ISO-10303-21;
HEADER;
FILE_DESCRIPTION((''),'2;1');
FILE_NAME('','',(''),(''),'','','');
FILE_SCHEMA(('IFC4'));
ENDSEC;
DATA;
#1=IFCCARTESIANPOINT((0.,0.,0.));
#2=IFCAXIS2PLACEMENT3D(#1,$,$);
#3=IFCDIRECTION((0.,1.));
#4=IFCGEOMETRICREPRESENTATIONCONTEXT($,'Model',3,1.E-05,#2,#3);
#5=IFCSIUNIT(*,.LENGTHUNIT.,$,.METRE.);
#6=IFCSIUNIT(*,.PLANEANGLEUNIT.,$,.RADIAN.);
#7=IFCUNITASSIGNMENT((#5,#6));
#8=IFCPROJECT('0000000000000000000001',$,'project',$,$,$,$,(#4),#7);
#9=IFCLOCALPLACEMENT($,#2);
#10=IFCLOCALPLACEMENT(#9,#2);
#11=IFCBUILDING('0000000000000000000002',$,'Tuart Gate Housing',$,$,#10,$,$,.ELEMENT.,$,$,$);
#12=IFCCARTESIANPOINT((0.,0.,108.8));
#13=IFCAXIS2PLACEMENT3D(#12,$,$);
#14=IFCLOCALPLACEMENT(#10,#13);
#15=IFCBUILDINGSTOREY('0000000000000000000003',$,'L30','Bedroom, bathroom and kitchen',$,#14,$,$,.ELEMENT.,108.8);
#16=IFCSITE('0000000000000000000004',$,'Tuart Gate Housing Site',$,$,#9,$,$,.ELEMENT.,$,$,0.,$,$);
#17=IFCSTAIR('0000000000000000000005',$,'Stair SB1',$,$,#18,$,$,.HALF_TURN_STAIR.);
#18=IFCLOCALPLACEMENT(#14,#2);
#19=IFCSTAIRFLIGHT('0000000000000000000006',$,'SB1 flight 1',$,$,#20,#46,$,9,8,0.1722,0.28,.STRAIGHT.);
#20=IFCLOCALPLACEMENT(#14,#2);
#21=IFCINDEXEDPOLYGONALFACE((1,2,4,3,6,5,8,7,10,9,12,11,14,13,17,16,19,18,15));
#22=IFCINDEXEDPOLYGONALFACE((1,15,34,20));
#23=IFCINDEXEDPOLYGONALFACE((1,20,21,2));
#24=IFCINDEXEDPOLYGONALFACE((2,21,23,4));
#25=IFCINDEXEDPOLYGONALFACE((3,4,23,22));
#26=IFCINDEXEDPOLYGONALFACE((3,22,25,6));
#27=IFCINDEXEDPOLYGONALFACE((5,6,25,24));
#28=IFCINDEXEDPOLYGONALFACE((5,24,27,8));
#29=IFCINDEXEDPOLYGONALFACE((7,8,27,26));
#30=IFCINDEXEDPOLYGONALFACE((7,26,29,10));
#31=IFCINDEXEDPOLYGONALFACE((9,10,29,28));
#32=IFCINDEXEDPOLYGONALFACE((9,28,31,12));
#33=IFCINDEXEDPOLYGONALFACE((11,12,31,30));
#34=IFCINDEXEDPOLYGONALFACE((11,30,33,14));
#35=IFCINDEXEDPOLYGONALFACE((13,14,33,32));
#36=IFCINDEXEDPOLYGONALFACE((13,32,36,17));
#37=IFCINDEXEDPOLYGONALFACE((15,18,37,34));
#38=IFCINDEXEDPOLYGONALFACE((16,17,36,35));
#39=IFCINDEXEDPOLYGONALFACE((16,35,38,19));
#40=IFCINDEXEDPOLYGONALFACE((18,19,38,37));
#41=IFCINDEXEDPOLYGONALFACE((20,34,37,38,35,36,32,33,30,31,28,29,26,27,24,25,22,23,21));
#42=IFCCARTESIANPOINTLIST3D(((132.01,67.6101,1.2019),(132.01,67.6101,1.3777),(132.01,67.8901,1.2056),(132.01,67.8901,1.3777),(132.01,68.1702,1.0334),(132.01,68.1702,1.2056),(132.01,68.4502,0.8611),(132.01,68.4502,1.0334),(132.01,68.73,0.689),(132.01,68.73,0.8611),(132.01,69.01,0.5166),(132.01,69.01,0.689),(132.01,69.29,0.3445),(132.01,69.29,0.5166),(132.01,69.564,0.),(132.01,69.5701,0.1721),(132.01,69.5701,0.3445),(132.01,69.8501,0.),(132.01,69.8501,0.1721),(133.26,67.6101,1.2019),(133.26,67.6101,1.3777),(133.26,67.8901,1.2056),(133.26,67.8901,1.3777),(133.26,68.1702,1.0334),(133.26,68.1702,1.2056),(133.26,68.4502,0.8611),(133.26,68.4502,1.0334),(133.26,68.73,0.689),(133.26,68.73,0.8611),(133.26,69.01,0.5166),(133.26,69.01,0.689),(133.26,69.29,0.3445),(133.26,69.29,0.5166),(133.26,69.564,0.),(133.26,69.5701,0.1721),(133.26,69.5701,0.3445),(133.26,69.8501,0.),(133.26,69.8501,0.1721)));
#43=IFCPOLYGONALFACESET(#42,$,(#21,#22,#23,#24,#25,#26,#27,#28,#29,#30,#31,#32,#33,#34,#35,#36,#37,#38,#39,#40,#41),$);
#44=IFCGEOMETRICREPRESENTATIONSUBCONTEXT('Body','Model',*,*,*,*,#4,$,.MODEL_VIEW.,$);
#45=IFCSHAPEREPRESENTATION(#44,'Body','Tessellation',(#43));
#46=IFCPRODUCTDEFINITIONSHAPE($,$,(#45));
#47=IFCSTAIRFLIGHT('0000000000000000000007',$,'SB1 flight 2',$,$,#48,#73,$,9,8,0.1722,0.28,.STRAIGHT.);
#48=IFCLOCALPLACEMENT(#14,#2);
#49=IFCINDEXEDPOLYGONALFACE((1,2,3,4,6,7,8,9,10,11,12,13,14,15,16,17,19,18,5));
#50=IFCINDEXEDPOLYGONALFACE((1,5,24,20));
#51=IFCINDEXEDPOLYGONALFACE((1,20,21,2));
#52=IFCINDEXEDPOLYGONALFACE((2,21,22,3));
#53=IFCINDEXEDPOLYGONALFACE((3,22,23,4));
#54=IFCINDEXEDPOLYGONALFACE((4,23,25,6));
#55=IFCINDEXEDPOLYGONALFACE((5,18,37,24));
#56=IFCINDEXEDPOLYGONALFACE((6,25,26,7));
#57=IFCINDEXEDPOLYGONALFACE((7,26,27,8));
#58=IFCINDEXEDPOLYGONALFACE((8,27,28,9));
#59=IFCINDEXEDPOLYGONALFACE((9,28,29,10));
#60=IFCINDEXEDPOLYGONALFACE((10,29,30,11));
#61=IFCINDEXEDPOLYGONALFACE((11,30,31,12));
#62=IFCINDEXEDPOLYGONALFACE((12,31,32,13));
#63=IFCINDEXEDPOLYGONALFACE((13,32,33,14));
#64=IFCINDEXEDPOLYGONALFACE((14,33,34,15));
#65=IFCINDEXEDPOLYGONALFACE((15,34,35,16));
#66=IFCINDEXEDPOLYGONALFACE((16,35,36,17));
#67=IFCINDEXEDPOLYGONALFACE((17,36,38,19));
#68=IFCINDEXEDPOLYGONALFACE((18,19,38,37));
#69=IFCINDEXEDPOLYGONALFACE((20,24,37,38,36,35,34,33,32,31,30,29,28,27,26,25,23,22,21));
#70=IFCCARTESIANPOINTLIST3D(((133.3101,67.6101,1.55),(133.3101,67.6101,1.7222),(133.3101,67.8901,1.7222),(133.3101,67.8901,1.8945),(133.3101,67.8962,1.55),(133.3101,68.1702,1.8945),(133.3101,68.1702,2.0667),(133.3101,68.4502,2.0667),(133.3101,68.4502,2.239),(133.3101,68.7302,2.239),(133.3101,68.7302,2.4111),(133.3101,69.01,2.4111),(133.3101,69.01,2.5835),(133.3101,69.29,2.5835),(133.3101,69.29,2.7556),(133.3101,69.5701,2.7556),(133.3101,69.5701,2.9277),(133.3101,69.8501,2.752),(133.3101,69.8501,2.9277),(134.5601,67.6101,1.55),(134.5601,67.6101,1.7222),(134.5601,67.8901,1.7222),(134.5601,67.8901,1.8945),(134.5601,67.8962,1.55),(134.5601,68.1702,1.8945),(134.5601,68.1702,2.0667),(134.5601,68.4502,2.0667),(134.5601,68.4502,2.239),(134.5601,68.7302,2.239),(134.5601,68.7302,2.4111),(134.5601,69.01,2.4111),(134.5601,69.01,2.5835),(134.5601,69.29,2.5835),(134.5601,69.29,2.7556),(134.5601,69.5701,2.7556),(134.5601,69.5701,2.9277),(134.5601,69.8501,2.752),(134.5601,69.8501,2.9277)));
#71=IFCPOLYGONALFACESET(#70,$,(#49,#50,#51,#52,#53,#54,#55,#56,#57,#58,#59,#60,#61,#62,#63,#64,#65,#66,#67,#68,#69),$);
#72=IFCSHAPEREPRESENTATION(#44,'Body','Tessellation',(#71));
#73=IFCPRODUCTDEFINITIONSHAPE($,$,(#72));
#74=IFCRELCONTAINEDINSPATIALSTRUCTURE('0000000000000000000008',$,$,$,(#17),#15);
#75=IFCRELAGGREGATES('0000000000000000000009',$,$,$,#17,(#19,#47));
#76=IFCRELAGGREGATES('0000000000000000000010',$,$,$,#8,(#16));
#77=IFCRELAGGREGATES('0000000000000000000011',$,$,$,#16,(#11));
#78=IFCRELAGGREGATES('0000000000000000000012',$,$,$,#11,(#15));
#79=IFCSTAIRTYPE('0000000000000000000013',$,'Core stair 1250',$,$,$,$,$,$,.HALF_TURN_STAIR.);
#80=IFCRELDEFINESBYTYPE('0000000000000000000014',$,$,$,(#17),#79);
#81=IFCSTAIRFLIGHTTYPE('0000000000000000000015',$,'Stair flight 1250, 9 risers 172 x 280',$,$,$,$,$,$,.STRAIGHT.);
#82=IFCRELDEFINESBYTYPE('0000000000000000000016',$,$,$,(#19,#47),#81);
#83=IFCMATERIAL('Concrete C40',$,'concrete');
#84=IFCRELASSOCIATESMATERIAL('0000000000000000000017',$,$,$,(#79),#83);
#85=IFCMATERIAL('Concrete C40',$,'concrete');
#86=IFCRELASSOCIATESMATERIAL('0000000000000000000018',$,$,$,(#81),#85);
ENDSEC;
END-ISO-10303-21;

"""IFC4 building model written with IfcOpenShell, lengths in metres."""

from ifc_helpers import new_model, si_unit, direction, frame, origin, place, context, subcontext, project, spatial, polyline, outline, extrude, material, type_object, element, aggregate, save


model = new_model("IFC4")

# Units and contexts
model_context = context("Model", 3, precision=1e-05, world=origin(), true_north=direction((0.0, 1.0)))
body_context = subcontext(model_context, "Body", "Model", "MODEL_VIEW")
ifc_project = project(units=[si_unit("LENGTHUNIT", "METRE"), si_unit("PLANEANGLEUNIT", "RADIAN")], contexts=[model_context])

# Site, building, storey
site_placement = place(None, origin())
site = spatial("IfcSite", under=ifc_project, at=site_placement, Name="Tuart Gate Housing Site", CompositionType="ELEMENT", RefElevation=0.0)
building_placement = place(site_placement, origin())
building = spatial("IfcBuilding", under=site, at=building_placement, Name="Tuart Gate Housing", CompositionType="ELEMENT")
storey_placement = place(building_placement, frame((0.0, 0.0, 108.8)))
storey = spatial("IfcBuildingStorey", under=building, at=storey_placement, Name="L30", Description="Bedroom, bathroom and kitchen", CompositionType="ELEMENT", Elevation=108.8)

# Stair, stair flights
ifc_material_1 = material(Name="Concrete C40", Category="concrete")
stair_type = type_object("IfcStairType", Name="Core stair 1250", PredefinedType="HALF_TURN_STAIR", material=ifc_material_1)
stair_placement = place(storey_placement, origin())
stair = element("IfcStair", 1, at=stair_placement, inside=storey, type_object=stair_type, Name="Stair SB1", PredefinedType="HALF_TURN_STAIR")
ifc_material_2 = material(Name="Concrete C40", Category="concrete")
stair_flight_type = type_object("IfcStairFlightType", Name="Stair flight 1250, 9 risers 172 x 280", PredefinedType="STRAIGHT", material=ifc_material_2)
stair_flight_1_placement = place(storey_placement, frame((132.635, 69.8501, 0.0), z_axis=(0.0, 0.0, 1.0), x_axis=(0.0, -1.0, 0.0)))
stair_flight_1 = element("IfcStairFlight", 2, at=stair_flight_1_placement, type_object=stair_flight_type, Name="SB1 flight 1", NumberOfRisers=9, NumberOfTreads=8, PredefinedType="STRAIGHT", RiserHeight=0.1722, TreadLength=0.28, context=body_context, shape_type="SweptSolid", body=[
    extrude(outline(polyline([(0.0, 0.0), (0.0, 0.1721), (0.28, 0.1721), (0.28, 0.3445), (0.5601, 0.3445), (0.5601, 0.5166), (0.8401, 0.5166), (0.8401, 0.689), (1.1201, 0.689), (1.1201, 0.8611), (1.3999, 0.8611), (1.3999, 1.0334), (1.6799, 1.0334), (1.6799, 1.2056), (1.96, 1.2056), (1.96, 1.3777), (2.24, 1.3777), (2.24, 1.55), (2.24, 1.2019), (0.2861, 0.0), (0.0, 0.0)])), frame((0.0, 0.625, 0.0), z_axis=(0.0, -1.0, 0.0), x_axis=(1.0, 0.0, 0.0)), (0.0, 0.0, 1.0), 1.25),
])
stair_flight_2_placement = place(storey_placement, frame((133.9351, 67.6101, 1.55), z_axis=(0.0, 0.0, 1.0), x_axis=(0.0, 1.0, 0.0)))
stair_flight_2 = element("IfcStairFlight", 3, at=stair_flight_2_placement, type_object=stair_flight_type, Name="SB1 flight 2", NumberOfRisers=9, NumberOfTreads=8, PredefinedType="STRAIGHT", RiserHeight=0.1722, TreadLength=0.28, context=body_context, shape_type="SweptSolid", body=[
    extrude(outline(polyline([(0.0, 0.0), (0.0, 0.1721), (0.28, 0.1721), (0.28, 0.3445), (0.5601, 0.3445), (0.5601, 0.5166), (0.8401, 0.5166), (0.8401, 0.689), (1.1201, 0.689), (1.1201, 0.8611), (1.3999, 0.8611), (1.3999, 1.0334), (1.6799, 1.0334), (1.6799, 1.2056), (1.96, 1.2056), (1.96, 1.3777), (2.24, 1.3777), (2.24, 1.55), (2.24, 1.2019), (0.2861, 0.0), (0.0, 0.0)])), frame((0.0, 0.625, 0.0), z_axis=(0.0, -1.0, 0.0), x_axis=(1.0, 0.0, 0.0)), (0.0, 0.0, 1.0), 1.25),
])
aggregate(stair, [stair_flight_1, stair_flight_2])

save(model, "model.ifc")
